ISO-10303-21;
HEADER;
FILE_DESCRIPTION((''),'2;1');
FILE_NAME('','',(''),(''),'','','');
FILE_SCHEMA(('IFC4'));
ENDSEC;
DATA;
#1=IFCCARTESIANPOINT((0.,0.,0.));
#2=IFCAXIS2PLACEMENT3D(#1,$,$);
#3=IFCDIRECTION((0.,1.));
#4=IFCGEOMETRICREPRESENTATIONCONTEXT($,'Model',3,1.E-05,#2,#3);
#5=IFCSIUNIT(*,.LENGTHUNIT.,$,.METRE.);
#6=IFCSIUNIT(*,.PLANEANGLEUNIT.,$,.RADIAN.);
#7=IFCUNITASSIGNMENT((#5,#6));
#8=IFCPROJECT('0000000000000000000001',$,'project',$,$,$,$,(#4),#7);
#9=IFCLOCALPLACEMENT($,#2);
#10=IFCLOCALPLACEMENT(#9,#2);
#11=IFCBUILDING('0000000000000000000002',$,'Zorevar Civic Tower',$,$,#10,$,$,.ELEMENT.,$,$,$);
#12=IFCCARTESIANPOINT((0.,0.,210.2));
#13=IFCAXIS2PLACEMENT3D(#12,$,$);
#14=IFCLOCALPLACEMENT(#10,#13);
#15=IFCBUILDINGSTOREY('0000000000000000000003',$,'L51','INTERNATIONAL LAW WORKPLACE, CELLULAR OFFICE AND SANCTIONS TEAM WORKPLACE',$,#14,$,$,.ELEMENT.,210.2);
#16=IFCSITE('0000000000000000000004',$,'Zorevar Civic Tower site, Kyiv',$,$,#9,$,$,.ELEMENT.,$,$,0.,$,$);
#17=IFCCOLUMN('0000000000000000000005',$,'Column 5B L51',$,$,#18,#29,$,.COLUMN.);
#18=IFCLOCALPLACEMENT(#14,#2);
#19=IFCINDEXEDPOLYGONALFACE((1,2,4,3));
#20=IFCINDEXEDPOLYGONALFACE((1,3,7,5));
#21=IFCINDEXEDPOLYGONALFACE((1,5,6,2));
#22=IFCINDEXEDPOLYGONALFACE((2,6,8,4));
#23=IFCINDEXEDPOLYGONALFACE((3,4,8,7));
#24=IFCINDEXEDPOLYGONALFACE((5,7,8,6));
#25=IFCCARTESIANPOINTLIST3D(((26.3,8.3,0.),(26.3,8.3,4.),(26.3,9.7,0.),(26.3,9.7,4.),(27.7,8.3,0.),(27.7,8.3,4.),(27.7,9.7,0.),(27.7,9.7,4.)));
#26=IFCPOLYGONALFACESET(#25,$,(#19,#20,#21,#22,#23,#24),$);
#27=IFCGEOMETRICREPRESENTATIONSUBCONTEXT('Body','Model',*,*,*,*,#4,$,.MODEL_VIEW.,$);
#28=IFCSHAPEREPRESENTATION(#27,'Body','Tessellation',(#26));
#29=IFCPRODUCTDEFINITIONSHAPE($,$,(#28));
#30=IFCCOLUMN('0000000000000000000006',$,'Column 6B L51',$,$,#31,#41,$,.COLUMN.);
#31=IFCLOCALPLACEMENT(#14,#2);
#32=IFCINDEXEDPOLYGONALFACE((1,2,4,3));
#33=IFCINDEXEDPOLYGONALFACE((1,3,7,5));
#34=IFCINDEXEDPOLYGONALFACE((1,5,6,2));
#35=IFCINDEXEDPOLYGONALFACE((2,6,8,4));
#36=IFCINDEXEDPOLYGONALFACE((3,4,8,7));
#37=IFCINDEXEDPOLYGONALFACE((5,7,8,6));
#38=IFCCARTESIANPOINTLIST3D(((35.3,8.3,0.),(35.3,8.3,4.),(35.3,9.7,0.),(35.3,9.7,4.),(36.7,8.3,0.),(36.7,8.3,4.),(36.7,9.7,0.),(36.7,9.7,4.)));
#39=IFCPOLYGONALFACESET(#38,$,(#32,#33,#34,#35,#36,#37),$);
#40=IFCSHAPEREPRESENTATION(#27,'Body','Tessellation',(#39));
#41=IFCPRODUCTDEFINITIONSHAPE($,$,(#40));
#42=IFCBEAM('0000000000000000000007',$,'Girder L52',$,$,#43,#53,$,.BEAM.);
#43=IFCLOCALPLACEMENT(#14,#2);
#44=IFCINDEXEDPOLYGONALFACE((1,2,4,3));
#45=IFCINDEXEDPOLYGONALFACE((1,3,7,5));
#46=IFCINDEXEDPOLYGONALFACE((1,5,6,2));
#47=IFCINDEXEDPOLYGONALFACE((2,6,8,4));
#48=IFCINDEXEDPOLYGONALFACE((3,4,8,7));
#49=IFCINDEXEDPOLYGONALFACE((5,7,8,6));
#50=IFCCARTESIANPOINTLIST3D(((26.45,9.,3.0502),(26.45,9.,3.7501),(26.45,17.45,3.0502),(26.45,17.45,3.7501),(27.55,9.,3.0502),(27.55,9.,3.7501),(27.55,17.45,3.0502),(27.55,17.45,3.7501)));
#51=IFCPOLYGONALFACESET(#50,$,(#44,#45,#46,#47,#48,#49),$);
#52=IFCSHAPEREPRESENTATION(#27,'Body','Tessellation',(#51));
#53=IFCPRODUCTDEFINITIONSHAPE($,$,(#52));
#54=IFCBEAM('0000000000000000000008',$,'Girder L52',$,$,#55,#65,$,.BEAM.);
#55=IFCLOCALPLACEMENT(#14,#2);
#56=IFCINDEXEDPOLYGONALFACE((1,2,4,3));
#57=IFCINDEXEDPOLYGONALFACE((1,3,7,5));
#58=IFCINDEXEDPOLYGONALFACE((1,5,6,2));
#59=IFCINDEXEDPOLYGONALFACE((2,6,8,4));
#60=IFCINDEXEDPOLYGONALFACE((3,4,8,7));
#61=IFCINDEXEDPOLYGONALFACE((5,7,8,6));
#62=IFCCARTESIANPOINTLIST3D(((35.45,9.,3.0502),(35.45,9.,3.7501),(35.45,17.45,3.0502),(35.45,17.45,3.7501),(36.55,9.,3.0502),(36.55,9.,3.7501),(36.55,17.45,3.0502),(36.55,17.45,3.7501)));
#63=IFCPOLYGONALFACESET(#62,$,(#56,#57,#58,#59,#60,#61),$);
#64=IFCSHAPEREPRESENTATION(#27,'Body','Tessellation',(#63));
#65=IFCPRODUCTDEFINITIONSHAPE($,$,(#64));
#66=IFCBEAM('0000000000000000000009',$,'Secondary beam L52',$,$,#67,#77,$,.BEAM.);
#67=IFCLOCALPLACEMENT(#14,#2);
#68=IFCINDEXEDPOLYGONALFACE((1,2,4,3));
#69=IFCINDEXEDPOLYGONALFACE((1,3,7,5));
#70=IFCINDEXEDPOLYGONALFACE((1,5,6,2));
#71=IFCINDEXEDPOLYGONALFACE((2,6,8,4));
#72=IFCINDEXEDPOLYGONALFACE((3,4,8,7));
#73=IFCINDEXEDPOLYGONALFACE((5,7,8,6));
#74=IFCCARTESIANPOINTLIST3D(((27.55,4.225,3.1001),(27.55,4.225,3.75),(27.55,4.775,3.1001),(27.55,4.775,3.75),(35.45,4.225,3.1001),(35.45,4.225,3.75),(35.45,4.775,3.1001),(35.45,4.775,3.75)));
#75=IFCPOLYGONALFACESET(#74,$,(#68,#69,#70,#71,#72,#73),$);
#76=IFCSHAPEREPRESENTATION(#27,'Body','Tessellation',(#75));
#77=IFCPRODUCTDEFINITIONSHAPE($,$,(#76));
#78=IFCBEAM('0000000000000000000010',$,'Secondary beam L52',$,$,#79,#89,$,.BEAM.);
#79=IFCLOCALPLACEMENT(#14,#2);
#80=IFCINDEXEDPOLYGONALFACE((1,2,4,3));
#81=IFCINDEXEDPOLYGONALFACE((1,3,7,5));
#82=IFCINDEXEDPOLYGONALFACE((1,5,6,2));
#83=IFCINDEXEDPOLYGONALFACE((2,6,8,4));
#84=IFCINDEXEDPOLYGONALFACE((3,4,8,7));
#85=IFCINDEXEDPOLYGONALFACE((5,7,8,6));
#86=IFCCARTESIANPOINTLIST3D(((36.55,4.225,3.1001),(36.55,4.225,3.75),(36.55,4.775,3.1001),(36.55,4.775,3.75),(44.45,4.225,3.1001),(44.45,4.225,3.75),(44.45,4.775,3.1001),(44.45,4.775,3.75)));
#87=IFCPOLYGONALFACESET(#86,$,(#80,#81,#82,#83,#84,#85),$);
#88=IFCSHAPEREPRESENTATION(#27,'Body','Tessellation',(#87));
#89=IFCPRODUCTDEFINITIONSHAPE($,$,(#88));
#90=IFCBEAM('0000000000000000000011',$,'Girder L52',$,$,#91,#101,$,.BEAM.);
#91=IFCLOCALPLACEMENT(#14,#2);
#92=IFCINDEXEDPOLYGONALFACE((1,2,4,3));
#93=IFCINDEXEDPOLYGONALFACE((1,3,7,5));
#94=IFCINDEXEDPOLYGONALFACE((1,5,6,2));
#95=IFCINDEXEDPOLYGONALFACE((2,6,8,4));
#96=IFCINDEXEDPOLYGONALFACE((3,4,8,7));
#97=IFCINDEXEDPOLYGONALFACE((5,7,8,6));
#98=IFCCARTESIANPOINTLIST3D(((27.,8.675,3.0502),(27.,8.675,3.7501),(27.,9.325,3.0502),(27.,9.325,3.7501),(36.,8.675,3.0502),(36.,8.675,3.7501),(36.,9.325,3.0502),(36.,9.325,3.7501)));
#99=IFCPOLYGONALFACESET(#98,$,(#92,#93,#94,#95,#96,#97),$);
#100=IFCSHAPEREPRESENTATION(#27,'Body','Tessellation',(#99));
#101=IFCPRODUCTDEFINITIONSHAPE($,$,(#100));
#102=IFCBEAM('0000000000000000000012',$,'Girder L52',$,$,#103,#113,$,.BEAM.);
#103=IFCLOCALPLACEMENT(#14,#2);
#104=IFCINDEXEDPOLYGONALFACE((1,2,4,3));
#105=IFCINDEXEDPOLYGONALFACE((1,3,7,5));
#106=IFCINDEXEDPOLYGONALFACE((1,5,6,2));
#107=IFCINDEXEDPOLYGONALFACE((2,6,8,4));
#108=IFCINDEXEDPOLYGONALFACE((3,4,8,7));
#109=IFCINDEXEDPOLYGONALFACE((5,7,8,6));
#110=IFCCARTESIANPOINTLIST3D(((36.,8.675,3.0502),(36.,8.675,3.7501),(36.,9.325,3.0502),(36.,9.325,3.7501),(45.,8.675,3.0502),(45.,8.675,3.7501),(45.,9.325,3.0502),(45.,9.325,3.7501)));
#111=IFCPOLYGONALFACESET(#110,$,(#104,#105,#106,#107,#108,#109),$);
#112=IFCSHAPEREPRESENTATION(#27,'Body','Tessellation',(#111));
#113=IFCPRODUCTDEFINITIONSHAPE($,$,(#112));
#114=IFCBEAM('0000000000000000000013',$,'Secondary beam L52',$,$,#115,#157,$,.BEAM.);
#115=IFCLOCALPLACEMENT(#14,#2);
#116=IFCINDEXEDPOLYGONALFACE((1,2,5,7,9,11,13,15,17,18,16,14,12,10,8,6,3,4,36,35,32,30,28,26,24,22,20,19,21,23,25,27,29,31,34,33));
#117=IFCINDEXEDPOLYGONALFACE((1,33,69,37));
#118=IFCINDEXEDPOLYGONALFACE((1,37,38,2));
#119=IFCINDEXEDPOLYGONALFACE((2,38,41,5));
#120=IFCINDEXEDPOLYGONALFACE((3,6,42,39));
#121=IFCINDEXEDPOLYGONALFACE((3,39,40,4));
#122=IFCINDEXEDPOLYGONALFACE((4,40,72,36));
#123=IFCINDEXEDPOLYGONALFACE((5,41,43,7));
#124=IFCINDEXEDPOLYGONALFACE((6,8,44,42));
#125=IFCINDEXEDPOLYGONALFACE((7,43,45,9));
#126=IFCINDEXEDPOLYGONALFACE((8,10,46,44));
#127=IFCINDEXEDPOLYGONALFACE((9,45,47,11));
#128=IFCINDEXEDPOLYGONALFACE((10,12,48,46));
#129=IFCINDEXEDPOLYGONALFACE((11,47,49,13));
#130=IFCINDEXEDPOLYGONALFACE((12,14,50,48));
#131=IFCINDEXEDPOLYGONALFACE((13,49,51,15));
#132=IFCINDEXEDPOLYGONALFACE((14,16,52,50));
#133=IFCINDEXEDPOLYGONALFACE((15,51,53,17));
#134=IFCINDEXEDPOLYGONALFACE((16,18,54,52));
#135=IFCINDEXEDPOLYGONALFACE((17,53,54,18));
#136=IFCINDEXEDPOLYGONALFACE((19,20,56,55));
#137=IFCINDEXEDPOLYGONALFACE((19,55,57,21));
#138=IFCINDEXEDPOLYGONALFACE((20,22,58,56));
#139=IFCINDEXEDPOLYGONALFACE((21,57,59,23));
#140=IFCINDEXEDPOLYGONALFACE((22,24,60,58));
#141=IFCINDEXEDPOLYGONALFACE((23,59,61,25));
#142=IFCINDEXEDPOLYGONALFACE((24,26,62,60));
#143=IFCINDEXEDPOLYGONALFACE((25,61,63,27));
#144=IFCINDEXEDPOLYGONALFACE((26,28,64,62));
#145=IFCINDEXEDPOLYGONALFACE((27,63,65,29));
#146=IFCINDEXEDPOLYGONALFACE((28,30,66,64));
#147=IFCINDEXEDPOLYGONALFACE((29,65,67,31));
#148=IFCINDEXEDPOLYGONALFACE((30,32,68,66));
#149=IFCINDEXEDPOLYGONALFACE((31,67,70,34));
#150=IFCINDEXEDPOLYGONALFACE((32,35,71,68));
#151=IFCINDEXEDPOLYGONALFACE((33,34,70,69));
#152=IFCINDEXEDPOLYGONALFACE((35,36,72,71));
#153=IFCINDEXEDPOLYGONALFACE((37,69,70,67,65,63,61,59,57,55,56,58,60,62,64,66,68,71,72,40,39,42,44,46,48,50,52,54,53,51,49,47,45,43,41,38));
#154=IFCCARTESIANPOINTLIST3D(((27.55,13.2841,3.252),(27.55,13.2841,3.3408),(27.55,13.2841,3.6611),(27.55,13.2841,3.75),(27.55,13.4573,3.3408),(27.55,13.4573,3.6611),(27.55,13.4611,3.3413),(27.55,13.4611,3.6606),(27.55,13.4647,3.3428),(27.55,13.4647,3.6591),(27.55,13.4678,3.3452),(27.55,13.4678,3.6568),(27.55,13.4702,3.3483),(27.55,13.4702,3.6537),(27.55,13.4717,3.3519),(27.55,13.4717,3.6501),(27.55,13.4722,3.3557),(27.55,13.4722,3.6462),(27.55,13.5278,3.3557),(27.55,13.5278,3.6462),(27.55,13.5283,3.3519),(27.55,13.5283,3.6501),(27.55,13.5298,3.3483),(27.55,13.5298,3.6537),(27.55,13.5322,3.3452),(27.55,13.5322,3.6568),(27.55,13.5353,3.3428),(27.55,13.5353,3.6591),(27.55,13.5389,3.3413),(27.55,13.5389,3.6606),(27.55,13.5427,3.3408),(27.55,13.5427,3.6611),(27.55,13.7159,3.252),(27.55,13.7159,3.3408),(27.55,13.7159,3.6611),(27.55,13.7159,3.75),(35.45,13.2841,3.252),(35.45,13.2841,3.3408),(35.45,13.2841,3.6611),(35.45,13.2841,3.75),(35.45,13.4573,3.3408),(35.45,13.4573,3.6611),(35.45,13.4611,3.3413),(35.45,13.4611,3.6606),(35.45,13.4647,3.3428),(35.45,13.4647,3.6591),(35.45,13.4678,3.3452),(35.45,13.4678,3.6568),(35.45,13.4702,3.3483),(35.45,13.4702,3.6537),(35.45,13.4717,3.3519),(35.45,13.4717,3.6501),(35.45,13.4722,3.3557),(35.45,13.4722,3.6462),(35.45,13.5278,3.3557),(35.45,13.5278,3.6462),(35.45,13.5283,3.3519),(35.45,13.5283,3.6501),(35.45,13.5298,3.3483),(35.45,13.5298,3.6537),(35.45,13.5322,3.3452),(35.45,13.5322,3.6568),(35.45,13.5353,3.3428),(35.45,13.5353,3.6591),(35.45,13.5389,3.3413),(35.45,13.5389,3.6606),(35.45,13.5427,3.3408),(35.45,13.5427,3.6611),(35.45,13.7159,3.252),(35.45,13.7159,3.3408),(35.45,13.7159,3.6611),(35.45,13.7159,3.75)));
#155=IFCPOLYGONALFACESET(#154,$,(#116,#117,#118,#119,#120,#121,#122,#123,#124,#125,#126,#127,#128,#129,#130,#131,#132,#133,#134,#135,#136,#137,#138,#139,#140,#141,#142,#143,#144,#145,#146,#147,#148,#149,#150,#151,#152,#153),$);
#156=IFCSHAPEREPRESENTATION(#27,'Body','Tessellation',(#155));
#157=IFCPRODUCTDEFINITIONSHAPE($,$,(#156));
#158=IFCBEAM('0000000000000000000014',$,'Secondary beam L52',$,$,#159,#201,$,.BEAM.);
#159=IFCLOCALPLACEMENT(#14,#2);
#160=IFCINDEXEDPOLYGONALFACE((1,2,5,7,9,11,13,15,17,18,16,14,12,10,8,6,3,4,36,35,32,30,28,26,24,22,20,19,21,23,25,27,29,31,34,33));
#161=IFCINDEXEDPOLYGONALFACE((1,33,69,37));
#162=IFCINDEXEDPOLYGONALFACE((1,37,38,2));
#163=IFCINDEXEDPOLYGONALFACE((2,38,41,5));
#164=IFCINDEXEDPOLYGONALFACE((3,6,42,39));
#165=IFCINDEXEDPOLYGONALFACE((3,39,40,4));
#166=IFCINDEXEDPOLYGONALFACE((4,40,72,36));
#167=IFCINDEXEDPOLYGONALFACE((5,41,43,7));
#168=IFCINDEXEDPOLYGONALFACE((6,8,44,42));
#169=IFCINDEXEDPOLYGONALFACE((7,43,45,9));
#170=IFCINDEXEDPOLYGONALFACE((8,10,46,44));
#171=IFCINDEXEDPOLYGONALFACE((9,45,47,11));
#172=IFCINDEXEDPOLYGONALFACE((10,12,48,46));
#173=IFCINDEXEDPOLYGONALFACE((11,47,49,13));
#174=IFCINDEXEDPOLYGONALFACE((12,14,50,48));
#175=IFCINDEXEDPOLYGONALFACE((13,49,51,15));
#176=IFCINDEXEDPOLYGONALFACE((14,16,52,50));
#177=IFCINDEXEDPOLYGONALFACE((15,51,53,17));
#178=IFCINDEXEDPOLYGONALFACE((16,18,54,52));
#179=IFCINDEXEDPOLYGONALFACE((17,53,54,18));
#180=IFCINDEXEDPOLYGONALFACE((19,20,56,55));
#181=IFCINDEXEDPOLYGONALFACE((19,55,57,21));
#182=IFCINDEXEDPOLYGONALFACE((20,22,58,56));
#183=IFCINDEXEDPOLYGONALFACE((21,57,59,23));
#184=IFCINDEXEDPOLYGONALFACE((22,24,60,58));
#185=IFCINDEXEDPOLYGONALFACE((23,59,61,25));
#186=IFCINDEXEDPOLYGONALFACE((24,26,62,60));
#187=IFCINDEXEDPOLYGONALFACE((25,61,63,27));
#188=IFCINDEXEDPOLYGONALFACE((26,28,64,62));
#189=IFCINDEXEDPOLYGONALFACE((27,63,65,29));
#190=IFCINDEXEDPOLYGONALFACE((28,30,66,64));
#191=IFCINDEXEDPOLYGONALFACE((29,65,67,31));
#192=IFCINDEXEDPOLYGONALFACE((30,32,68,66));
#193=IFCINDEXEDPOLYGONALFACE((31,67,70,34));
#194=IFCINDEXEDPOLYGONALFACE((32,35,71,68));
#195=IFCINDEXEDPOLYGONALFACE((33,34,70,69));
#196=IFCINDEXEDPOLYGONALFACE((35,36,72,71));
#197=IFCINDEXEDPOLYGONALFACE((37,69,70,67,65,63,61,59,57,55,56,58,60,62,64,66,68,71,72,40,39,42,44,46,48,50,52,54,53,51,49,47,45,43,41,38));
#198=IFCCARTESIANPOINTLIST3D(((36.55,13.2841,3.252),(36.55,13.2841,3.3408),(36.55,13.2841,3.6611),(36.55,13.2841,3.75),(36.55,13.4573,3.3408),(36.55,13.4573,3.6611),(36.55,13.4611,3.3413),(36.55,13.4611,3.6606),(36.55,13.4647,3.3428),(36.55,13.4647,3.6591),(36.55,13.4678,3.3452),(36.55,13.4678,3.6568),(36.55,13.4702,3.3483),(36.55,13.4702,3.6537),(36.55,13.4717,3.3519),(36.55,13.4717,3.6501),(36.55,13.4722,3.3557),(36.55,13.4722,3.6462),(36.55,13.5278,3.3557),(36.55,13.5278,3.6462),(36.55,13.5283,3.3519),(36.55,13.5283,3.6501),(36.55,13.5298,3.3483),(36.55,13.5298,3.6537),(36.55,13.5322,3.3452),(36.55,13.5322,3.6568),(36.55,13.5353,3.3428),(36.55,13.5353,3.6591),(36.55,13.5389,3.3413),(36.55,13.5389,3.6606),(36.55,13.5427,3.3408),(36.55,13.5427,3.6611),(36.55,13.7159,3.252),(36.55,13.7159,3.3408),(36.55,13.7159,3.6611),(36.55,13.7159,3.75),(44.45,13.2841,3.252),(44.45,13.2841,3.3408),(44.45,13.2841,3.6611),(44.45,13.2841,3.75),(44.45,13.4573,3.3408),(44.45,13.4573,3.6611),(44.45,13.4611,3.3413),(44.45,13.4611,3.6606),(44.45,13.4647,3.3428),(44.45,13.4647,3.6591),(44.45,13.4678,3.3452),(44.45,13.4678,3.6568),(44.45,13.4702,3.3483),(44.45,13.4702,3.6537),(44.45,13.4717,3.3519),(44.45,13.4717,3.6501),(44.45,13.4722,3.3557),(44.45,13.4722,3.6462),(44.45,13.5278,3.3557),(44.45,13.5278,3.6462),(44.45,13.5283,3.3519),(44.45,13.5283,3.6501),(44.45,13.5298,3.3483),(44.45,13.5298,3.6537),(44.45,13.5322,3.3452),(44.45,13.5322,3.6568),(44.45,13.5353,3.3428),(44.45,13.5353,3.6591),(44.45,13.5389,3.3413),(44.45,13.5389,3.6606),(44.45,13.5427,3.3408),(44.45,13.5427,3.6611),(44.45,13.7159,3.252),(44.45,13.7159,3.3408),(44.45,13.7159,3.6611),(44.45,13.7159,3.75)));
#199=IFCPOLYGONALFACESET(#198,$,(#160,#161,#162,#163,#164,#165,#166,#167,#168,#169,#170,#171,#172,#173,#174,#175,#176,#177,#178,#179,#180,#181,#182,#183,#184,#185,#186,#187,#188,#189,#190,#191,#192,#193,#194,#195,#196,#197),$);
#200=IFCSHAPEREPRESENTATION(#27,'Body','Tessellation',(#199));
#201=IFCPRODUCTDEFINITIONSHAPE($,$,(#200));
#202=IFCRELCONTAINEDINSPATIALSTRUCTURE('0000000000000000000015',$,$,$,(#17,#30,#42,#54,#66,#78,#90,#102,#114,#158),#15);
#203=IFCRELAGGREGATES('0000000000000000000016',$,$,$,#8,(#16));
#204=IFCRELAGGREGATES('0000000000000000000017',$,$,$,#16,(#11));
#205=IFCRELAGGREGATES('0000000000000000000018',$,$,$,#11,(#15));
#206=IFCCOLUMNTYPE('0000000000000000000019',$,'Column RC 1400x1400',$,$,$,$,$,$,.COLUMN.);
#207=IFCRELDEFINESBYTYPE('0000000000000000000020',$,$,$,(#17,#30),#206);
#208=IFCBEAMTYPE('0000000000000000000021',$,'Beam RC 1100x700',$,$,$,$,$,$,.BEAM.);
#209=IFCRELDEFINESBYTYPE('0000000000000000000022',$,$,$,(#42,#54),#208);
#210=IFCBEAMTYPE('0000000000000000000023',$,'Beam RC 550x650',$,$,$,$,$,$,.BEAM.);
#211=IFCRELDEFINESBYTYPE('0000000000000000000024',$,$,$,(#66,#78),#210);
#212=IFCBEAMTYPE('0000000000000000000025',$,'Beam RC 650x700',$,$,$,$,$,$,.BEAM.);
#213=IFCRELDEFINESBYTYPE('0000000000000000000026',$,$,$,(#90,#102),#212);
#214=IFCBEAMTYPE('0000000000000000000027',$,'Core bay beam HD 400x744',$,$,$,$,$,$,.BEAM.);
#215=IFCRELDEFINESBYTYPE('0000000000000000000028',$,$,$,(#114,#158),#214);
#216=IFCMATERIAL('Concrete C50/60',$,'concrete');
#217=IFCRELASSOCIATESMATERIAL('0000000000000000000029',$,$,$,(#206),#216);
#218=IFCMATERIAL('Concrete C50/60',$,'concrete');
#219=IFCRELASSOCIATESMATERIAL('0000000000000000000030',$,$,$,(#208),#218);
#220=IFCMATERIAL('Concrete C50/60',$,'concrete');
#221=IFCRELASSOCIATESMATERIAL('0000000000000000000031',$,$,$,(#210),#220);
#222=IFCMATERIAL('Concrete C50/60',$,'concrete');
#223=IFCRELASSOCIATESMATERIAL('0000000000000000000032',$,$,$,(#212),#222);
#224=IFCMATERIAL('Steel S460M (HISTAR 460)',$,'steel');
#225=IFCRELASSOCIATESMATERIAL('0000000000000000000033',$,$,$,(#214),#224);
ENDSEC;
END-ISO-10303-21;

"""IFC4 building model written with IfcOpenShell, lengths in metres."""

from ifc_helpers import new_model, si_unit, direction, frame, origin, origin_2d, place, context, subcontext, project, spatial, rectangle, i_section, extrude, material, material_profile, profile_set, type_object, element, save


model = new_model("IFC4")

# Units and contexts
model_context = context("Model", 3, precision=1e-05, world=origin(), true_north=direction((0.0, 1.0)))
body_context = subcontext(model_context, "Body", "Model", "MODEL_VIEW")
ifc_project = project(units=[si_unit("LENGTHUNIT", "METRE"), si_unit("PLANEANGLEUNIT", "RADIAN")], contexts=[model_context])

# Site, building, storey
site_placement = place(None, origin())
site = spatial("IfcSite", under=ifc_project, at=site_placement, Name="Zorevar Civic Tower site, Kyiv", CompositionType="ELEMENT", RefElevation=0.0)
building_placement = place(site_placement, origin())
building = spatial("IfcBuilding", under=site, at=building_placement, Name="Zorevar Civic Tower", CompositionType="ELEMENT")
storey_placement = place(building_placement, frame((0.0, 0.0, 210.2)))
storey = spatial("IfcBuildingStorey", under=building, at=storey_placement, Name="L51", Description="INTERNATIONAL LAW WORKPLACE, CELLULAR OFFICE AND SANCTIONS TEAM WORKPLACE", CompositionType="ELEMENT", Elevation=210.2)

# Columns
ifc_material_1 = material(Name="Concrete C50/60", Category="concrete")
ifc_material_profile_1 = material_profile(ifc_material_1, rectangle(XDim=1.3999, YDim=1.3999, at=origin_2d()), Name="RC 1400x1400")
ifc_profile_set_1 = profile_set([ifc_material_profile_1], Name="Concrete C50/60")
column_type = type_object("IfcColumnType", Name="Column RC 1400x1400", PredefinedType="COLUMN", material=ifc_profile_set_1)
for number, where, z_axis, x_axis, name in (
    (1, (27.0, 9.0, 0.0), (0.0, 0.0, 1.0), (1.0, 0.0, 0.0), "Column 5B L51"),
    (2, (36.0, 9.0, 0.0), (0.0, 0.0, 1.0), (1.0, 0.0, 0.0), "Column 6B L51"),
):
    element("IfcColumn", number, at=place(storey_placement, frame(where, z_axis=z_axis, x_axis=x_axis)), inside=storey, type_object=column_type, Name=name, PredefinedType="COLUMN", context=body_context, shape_type="SweptSolid", body=[
        extrude(rectangle(XDim=1.3999, YDim=1.3999, at=origin_2d()), origin(), (0.0, 0.0, 1.0), 4.0),
    ])

# Beams
ifc_material_2 = material(Name="Concrete C50/60", Category="concrete")
ifc_material_profile_2 = material_profile(ifc_material_2, rectangle(XDim=1.1001, YDim=0.7, at=origin_2d()), Name="RC 1100x700")
ifc_profile_set_2 = profile_set([ifc_material_profile_2], Name="Concrete C50/60")
beam_type_1 = type_object("IfcBeamType", Name="Beam RC 1100x700", PredefinedType="BEAM", material=ifc_profile_set_2)
for number, where, z_axis, x_axis, name in (
    (3, (27.0, 9.0, 3.4001), (0.0, 1.0, 0.0), (-1.0, 0.0, 0.0), "Girder L52"),
    (4, (36.0, 9.0, 3.4001), (0.0, 1.0, 0.0), (-1.0, 0.0, 0.0), "Girder L52"),
):
    element("IfcBeam", number, at=place(storey_placement, frame(where, z_axis=z_axis, x_axis=x_axis)), inside=storey, type_object=beam_type_1, Name=name, PredefinedType="BEAM", context=body_context, shape_type="SweptSolid", body=[
        extrude(rectangle(XDim=1.1001, YDim=0.7, at=origin_2d()), origin(), (0.0, 0.0, 1.0), 8.45),
    ])
ifc_material_3 = material(Name="Concrete C50/60", Category="concrete")
ifc_material_profile_3 = material_profile(ifc_material_3, rectangle(XDim=0.55, YDim=0.6499, at=origin_2d()), Name="RC 550x650")
ifc_profile_set_3 = profile_set([ifc_material_profile_3], Name="Concrete C50/60")
beam_type_2 = type_object("IfcBeamType", Name="Beam RC 550x650", PredefinedType="BEAM", material=ifc_profile_set_3)
for number, where, z_axis, x_axis, name in (
    (5, (27.55, 4.5, 3.425), (1.0, 0.0, 0.0), (0.0, 1.0, 0.0), "Secondary beam L52"),
    (6, (36.55, 4.5, 3.425), (1.0, 0.0, 0.0), (0.0, 1.0, 0.0), "Secondary beam L52"),
):
    element("IfcBeam", number, at=place(storey_placement, frame(where, z_axis=z_axis, x_axis=x_axis)), inside=storey, type_object=beam_type_2, Name=name, PredefinedType="BEAM", context=body_context, shape_type="SweptSolid", body=[
        extrude(rectangle(XDim=0.55, YDim=0.6499, at=origin_2d()), origin(), (0.0, 0.0, 1.0), 7.8999),
    ])
ifc_material_4 = material(Name="Concrete C50/60", Category="concrete")
ifc_material_profile_4 = material_profile(ifc_material_4, rectangle(XDim=0.6499, YDim=0.7, at=origin_2d()), Name="RC 650x700")
ifc_profile_set_4 = profile_set([ifc_material_profile_4], Name="Concrete C50/60")
beam_type_3 = type_object("IfcBeamType", Name="Beam RC 650x700", PredefinedType="BEAM", material=ifc_profile_set_4)
for number, where, z_axis, x_axis, name in (
    (7, (27.0, 9.0, 3.4001), (1.0, 0.0, 0.0), (0.0, 1.0, 0.0), "Girder L52"),
    (8, (36.0, 9.0, 3.4001), (1.0, 0.0, 0.0), (0.0, 1.0, 0.0), "Girder L52"),
):
    element("IfcBeam", number, at=place(storey_placement, frame(where, z_axis=z_axis, x_axis=x_axis)), inside=storey, type_object=beam_type_3, Name=name, PredefinedType="BEAM", context=body_context, shape_type="SweptSolid", body=[
        extrude(rectangle(XDim=0.6499, YDim=0.7, at=origin_2d()), origin(), (0.0, 0.0, 1.0), 9.0),
    ])
ifc_material_5 = material(Name="Steel S460M (HISTAR 460)", Category="steel")
ifc_material_profile_5 = material_profile(ifc_material_5, i_section(OverallWidth=0.4319, OverallDepth=0.498, WebThickness=0.0557, FlangeThickness=0.0889, FilletRadius=0.0149, at=origin_2d()), Name="HD 400x744")
ifc_profile_set_5 = profile_set([ifc_material_profile_5], Name="Steel S460M (HISTAR 460)")
beam_type_4 = type_object("IfcBeamType", Name="Core bay beam HD 400x744", PredefinedType="BEAM", material=ifc_profile_set_5)
for number, where, z_axis, x_axis, name in (
    (9, (27.55, 13.5, 3.501), (1.0, 0.0, 0.0), (0.0, 1.0, 0.0), "Secondary beam L52"),
    (10, (36.55, 13.5, 3.501), (1.0, 0.0, 0.0), (0.0, 1.0, 0.0), "Secondary beam L52"),
):
    element("IfcBeam", number, at=place(storey_placement, frame(where, z_axis=z_axis, x_axis=x_axis)), inside=storey, type_object=beam_type_4, Name=name, PredefinedType="BEAM", context=body_context, shape_type="SweptSolid", body=[
        extrude(i_section(OverallWidth=0.4319, OverallDepth=0.498, WebThickness=0.0557, FlangeThickness=0.0889, FilletRadius=0.0149, at=origin_2d()), origin(), (0.0, 0.0, 1.0), 7.8999),
    ])

save(model, "model.ifc")
